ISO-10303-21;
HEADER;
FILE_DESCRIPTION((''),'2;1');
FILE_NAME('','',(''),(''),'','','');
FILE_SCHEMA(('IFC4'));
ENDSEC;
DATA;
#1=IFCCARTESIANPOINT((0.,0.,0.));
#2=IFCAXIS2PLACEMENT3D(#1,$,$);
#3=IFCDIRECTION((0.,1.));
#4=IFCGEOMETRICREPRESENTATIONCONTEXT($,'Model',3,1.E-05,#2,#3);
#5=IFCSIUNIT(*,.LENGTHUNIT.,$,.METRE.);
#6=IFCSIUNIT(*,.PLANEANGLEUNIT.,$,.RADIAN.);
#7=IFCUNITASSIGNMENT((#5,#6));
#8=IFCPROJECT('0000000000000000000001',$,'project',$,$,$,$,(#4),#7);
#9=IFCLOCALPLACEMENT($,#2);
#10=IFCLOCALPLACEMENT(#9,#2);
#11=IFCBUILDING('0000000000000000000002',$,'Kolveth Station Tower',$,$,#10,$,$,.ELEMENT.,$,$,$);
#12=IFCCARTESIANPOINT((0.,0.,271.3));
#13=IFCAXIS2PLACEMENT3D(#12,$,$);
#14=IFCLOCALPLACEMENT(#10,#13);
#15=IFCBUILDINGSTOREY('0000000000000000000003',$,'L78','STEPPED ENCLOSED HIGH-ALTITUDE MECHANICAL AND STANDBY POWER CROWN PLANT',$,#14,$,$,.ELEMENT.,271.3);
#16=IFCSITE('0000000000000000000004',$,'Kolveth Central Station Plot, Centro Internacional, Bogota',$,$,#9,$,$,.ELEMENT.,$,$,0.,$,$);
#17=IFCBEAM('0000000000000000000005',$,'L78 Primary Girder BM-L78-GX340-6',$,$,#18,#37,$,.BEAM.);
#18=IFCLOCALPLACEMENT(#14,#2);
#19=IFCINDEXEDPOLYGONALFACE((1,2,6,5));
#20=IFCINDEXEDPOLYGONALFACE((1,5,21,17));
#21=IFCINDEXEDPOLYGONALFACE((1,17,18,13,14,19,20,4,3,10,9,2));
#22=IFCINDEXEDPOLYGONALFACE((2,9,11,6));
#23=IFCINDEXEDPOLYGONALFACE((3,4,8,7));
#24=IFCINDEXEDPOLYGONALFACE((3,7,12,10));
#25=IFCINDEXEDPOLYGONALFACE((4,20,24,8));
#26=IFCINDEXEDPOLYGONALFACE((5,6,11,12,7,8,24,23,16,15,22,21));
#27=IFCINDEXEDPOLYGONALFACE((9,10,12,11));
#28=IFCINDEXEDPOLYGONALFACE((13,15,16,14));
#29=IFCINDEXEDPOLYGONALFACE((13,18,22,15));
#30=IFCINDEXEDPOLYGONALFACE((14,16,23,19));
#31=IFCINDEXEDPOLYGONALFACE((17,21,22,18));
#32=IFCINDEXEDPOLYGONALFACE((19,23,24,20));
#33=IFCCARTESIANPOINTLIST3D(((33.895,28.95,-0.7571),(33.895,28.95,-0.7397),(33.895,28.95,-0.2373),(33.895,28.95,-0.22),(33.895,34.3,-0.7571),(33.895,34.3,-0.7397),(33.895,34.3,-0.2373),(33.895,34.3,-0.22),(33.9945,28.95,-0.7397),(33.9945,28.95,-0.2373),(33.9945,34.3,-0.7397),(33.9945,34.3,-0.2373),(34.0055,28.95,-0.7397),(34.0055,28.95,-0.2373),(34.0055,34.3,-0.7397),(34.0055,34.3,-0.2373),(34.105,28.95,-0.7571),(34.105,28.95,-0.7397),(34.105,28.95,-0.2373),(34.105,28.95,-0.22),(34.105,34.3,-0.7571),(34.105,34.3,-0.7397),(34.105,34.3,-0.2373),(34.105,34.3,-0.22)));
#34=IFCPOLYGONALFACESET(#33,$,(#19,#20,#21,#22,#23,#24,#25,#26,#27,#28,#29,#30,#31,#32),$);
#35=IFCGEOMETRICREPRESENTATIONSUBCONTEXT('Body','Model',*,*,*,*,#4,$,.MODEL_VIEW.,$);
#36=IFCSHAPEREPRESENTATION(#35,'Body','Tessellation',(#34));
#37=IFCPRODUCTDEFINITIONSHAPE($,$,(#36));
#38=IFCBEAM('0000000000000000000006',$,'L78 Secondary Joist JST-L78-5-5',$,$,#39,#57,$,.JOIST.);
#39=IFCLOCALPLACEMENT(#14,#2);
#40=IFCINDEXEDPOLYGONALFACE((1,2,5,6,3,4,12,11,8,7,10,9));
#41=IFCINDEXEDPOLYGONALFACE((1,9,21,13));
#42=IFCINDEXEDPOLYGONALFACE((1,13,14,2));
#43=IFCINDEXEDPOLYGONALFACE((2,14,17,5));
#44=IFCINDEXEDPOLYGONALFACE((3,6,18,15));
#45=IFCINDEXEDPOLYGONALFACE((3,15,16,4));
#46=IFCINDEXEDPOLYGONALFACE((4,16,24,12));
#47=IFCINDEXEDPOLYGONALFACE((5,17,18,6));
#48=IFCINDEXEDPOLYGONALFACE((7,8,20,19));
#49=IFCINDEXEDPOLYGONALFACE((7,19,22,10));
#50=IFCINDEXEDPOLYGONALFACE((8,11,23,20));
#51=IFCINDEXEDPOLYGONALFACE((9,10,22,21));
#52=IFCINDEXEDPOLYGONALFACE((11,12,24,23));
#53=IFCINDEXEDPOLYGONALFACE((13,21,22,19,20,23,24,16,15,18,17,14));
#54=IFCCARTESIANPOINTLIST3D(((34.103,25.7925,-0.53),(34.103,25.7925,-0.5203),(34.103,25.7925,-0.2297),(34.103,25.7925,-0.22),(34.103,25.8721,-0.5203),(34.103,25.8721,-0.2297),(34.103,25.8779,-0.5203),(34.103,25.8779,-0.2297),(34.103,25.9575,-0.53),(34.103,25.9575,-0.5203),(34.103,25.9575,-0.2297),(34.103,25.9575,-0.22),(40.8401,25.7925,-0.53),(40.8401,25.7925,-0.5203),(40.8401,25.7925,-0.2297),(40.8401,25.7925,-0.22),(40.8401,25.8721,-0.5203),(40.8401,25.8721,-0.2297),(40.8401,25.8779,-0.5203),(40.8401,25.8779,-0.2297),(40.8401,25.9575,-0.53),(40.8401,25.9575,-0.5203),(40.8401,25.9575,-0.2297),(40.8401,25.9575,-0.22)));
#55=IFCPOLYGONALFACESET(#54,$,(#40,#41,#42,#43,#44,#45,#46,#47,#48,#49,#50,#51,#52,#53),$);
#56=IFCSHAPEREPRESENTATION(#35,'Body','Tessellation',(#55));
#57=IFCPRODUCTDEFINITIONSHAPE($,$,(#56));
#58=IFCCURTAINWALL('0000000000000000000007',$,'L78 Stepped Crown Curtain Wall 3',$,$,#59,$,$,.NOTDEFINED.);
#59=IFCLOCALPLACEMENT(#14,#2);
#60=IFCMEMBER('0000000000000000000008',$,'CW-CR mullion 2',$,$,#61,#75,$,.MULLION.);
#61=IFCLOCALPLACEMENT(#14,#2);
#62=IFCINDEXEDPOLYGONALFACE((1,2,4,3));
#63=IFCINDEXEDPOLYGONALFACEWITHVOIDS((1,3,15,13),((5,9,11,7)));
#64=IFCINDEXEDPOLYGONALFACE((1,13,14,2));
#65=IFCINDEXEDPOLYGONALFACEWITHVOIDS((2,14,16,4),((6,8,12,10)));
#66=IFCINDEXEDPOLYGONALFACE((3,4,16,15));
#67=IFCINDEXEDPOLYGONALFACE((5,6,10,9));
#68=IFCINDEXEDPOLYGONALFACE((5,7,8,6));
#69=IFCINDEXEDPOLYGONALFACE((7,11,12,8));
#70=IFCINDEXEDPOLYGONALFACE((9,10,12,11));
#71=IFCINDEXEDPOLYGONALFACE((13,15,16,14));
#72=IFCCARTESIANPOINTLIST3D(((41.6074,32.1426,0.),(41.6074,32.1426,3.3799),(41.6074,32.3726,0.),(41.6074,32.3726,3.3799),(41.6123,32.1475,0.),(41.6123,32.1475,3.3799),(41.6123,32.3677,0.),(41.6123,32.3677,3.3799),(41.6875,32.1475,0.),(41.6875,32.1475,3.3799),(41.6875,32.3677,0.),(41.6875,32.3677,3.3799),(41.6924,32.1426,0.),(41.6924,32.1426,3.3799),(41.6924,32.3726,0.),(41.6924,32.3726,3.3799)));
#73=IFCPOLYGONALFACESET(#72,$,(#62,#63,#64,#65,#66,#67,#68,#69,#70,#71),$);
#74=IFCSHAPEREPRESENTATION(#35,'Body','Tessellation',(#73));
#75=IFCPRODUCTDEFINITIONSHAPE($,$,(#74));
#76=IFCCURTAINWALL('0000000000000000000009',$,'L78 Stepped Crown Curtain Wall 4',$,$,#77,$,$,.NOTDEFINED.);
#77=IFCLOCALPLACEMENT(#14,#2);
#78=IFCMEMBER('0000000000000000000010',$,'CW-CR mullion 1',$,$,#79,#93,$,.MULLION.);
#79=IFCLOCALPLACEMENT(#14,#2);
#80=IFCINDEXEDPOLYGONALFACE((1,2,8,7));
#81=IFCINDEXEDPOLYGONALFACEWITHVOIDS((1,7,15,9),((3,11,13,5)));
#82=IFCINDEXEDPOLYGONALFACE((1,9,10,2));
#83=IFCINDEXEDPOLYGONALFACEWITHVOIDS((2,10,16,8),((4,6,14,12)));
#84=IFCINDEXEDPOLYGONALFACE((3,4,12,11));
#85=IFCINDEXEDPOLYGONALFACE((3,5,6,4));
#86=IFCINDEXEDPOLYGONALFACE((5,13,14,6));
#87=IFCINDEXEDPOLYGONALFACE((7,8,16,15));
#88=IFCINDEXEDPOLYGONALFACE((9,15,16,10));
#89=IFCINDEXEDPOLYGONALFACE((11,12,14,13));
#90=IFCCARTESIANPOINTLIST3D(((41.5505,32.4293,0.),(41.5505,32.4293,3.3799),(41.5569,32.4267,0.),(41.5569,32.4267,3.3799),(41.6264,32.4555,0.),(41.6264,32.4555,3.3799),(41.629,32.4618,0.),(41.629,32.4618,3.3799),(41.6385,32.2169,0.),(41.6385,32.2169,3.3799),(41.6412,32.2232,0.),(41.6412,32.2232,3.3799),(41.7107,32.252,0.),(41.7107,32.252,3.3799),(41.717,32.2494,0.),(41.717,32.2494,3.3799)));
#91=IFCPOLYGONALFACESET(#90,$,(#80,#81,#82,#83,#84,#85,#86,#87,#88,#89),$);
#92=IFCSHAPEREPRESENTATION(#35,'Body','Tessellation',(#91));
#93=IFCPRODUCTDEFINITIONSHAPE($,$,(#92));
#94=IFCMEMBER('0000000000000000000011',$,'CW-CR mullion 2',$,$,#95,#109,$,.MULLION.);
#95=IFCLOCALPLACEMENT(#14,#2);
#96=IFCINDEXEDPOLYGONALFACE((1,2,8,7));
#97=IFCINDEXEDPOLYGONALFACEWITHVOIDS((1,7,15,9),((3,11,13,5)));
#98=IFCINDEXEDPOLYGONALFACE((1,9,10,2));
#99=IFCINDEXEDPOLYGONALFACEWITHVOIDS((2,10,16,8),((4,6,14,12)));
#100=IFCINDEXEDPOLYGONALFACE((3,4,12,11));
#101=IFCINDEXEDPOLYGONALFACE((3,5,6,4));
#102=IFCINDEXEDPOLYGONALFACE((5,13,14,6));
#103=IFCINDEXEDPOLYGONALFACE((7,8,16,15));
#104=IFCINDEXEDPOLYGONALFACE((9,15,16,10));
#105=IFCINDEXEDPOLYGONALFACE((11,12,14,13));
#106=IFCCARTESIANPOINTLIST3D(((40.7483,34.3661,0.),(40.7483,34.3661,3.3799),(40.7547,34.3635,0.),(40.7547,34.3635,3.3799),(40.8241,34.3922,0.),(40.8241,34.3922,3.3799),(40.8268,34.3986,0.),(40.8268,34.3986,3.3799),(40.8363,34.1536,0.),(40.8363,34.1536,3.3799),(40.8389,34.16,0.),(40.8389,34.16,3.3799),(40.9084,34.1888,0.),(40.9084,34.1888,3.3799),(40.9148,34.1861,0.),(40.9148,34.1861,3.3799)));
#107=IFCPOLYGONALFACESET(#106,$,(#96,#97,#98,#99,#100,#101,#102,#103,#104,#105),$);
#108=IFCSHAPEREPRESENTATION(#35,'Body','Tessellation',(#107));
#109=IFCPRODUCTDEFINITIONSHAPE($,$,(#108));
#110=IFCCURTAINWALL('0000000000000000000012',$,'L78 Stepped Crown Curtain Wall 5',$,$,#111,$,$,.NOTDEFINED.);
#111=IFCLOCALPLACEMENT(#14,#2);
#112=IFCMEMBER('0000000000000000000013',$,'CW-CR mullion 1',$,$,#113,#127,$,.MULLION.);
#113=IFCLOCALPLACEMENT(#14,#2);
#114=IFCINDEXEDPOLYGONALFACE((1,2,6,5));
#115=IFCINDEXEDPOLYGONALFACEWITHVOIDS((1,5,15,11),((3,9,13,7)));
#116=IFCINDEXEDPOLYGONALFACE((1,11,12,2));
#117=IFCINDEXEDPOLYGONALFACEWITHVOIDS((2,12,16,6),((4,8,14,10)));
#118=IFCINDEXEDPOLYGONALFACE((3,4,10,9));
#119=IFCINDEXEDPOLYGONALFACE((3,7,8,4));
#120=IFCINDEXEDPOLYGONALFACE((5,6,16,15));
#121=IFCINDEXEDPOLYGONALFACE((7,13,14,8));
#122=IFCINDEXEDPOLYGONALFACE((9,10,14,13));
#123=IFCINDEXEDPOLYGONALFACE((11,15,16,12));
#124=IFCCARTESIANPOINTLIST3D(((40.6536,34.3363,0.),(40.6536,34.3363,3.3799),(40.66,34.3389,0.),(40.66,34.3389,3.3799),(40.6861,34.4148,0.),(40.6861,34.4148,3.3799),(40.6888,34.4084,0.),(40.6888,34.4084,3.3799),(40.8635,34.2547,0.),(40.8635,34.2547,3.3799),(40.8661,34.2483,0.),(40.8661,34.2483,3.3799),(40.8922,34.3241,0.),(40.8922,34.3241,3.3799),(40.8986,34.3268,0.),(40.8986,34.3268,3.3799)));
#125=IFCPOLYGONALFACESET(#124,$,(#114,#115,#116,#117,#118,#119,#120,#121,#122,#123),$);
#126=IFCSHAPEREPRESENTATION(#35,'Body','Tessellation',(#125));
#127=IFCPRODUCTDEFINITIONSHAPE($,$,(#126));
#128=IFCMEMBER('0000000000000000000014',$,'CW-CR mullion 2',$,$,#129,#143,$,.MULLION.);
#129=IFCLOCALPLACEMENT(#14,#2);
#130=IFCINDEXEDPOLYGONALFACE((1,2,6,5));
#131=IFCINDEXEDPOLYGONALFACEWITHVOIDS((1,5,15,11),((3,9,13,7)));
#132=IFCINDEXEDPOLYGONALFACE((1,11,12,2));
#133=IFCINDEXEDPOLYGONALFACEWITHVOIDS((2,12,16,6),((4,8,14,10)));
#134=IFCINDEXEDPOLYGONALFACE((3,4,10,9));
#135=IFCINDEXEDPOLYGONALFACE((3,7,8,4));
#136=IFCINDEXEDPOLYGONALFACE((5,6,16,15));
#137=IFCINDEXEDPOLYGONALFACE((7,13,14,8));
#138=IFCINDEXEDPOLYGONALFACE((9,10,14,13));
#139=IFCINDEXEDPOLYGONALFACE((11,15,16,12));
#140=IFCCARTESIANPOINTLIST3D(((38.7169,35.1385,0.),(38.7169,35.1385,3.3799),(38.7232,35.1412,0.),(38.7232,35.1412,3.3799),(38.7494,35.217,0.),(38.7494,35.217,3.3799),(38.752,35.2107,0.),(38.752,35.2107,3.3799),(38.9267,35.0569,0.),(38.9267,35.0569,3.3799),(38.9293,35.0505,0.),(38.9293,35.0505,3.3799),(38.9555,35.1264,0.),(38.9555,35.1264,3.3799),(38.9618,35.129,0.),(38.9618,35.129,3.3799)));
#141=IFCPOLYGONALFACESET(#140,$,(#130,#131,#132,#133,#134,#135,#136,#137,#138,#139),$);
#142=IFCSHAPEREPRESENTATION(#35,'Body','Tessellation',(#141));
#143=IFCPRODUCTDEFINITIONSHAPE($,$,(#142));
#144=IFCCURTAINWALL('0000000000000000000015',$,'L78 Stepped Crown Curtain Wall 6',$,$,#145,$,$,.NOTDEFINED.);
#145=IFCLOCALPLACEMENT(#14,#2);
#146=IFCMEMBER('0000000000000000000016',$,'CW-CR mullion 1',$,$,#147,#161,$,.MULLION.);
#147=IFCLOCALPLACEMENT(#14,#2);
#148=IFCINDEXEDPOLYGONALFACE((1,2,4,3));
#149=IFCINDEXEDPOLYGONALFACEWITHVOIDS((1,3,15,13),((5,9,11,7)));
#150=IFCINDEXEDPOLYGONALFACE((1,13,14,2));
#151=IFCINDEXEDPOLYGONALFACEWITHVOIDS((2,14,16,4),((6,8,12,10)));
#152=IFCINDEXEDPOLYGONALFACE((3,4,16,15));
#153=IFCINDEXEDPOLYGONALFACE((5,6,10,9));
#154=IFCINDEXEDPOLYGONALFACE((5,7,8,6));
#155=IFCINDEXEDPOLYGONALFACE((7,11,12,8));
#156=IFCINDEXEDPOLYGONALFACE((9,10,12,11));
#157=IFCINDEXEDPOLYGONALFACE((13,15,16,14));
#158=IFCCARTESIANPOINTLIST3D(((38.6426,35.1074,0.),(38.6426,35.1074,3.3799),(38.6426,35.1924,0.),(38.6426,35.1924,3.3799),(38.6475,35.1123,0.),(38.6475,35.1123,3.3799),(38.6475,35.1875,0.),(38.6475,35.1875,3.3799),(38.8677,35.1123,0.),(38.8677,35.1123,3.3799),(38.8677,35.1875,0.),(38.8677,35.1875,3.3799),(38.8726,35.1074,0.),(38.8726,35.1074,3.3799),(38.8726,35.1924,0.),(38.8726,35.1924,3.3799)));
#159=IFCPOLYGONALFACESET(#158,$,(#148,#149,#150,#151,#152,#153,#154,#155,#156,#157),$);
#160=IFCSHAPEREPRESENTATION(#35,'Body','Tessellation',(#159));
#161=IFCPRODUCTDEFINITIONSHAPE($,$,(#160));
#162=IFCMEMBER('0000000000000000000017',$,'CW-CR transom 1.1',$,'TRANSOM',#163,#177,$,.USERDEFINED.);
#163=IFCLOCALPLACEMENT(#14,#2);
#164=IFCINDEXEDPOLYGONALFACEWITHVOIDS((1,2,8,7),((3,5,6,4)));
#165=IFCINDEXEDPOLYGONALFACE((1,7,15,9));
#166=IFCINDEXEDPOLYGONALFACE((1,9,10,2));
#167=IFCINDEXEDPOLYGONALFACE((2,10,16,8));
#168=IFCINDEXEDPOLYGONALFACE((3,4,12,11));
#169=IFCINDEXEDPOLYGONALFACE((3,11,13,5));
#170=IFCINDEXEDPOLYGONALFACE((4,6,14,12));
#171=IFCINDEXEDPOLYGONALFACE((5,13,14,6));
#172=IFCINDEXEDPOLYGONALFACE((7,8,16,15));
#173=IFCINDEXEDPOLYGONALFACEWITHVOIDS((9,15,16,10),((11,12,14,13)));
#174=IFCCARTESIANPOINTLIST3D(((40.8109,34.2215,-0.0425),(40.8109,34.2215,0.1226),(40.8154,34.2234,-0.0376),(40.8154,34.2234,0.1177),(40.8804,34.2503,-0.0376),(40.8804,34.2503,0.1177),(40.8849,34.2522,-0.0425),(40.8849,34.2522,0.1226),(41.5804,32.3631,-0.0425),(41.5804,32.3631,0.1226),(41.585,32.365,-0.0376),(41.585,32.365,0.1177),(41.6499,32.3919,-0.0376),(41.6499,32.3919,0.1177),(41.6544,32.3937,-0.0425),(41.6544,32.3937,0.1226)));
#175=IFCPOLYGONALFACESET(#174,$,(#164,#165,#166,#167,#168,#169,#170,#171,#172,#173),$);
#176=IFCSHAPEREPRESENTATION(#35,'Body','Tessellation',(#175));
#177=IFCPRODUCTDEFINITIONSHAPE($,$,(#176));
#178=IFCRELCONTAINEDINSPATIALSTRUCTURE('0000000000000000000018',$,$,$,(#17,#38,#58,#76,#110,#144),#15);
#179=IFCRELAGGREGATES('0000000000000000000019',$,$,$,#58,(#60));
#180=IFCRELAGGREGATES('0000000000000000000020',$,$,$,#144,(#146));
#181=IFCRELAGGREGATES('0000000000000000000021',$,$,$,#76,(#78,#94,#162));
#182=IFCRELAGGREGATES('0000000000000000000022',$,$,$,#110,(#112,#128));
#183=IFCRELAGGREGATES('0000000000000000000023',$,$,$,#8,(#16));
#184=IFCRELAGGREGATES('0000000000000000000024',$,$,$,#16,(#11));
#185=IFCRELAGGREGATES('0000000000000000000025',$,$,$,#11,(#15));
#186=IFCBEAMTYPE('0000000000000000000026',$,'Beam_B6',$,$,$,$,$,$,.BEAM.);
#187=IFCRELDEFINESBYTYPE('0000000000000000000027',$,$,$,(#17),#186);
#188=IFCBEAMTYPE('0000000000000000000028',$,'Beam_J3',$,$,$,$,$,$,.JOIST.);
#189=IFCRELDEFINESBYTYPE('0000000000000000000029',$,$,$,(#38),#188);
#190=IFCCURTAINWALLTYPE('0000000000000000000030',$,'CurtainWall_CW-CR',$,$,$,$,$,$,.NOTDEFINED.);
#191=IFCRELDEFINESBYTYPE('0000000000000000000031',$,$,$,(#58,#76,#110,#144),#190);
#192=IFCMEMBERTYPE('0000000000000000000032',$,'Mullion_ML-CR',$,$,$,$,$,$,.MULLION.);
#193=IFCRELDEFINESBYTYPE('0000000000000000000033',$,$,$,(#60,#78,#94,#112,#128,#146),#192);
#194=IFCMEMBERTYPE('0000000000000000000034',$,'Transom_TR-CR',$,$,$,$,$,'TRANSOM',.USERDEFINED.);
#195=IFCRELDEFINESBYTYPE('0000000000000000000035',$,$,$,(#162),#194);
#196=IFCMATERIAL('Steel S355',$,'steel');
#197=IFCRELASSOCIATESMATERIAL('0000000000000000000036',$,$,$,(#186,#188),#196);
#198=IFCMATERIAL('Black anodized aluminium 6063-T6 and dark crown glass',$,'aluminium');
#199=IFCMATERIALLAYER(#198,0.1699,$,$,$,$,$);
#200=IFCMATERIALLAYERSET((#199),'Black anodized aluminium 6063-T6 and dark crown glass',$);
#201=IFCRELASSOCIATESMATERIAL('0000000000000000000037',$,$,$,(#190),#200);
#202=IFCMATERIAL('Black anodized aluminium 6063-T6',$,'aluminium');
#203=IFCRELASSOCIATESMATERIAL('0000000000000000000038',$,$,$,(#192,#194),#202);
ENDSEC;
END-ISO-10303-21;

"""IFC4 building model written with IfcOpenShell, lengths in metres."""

from ifc_helpers import new_model, si_unit, direction, frame, origin, origin_2d, place, context, subcontext, project, spatial, hollow_rectangle, i_section, extrude, source, transform, mapped, material, layer, layer_set, material_profile, profile_set, type_object, element, aggregate, save


model = new_model("IFC4")

# Units and contexts
model_context = context("Model", 3, precision=1e-05, world=origin(), true_north=direction((0.0, 1.0)))
body_context = subcontext(model_context, "Body", "Model", "MODEL_VIEW")
ifc_project = project(units=[si_unit("LENGTHUNIT", "METRE"), si_unit("PLANEANGLEUNIT", "RADIAN")], contexts=[model_context])

# Site, building, storey
site_placement = place(None, origin())
site = spatial("IfcSite", under=ifc_project, at=site_placement, Name="Kolveth Central Station Plot, Centro Internacional, Bogota", CompositionType="ELEMENT", RefElevation=0.0)
building_placement = place(site_placement, origin())
building = spatial("IfcBuilding", under=site, at=building_placement, Name="Kolveth Station Tower", CompositionType="ELEMENT")
storey_placement = place(building_placement, frame((0.0, 0.0, 271.3)))
storey = spatial("IfcBuildingStorey", under=building, at=storey_placement, Name="L78", Description="STEPPED ENCLOSED HIGH-ALTITUDE MECHANICAL AND STANDBY POWER CROWN PLANT", CompositionType="ELEMENT", Elevation=271.3)

# Shared definitions
ifc_material_1 = material(Name="Steel S355", Category="steel")

# Beams
ifc_material_profile_1 = material_profile(ifc_material_1, i_section(OverallWidth=0.21, OverallDepth=0.5371, WebThickness=0.011, FlangeThickness=0.0173, at=origin_2d()), Name="W530x101")
ifc_profile_set_1 = profile_set([ifc_material_profile_1], Name="Steel S355")
beam_type_1 = type_object("IfcBeamType", Name="Beam_B6", PredefinedType="BEAM", material=ifc_profile_set_1)
shared_shape_1 = source(origin(), body_context, "Body", "SweptSolid", [
    extrude(i_section(OverallWidth=0.21, OverallDepth=0.5371, WebThickness=0.011, FlangeThickness=0.0173, at=origin_2d()), origin(), (0.0, 0.0, 1.0), 5.3501),
])
for number, where, z_axis, x_axis, name in (
    (1, (34.0, 28.95, -0.4885), (0.0, 1.0, 0.0), (-1.0, 0.0, 0.0), "L78 Primary Girder BM-L78-GX340-6"),
):
    element("IfcBeam", number, at=place(storey_placement, frame(where, z_axis=z_axis, x_axis=x_axis)), inside=storey, type_object=beam_type_1, Name=name, PredefinedType="BEAM", context=body_context, shape_type="MappedRepresentation", body=[
        mapped(shared_shape_1, transform((0.0, 0.0, 0.0), x_axis=(1.0, 0.0, 0.0), y_axis=(0.0, 1.0, 0.0), z_axis=(0.0, 0.0, 1.0), scale=1.0)),
    ])
ifc_material_profile_2 = material_profile(ifc_material_1, i_section(OverallWidth=0.165, OverallDepth=0.3101, WebThickness=0.0059, FlangeThickness=0.0098, at=origin_2d()), Name="W310x39")
ifc_profile_set_2 = profile_set([ifc_material_profile_2], Name="Steel S355")
beam_type_2 = type_object("IfcBeamType", Name="Beam_J3", PredefinedType="JOIST", material=ifc_profile_set_2)
shared_shape_2 = source(origin(), body_context, "Body", "SweptSolid", [
    extrude(i_section(OverallWidth=0.165, OverallDepth=0.3101, WebThickness=0.0059, FlangeThickness=0.0098, at=origin_2d()), origin(), (0.0, 0.0, 1.0), 6.7371),
])
beam_1_placement = place(storey_placement, frame((34.103, 25.875, -0.375), z_axis=(1.0, 0.0, 0.0), x_axis=(0.0, 1.0, 0.0)))
element("IfcBeam", 2, at=beam_1_placement, inside=storey, type_object=beam_type_2, Name="L78 Secondary Joist JST-L78-5-5", PredefinedType="JOIST", context=body_context, shape_type="MappedRepresentation", body=[
    mapped(shared_shape_2, transform((0.0, 0.0, 0.0), x_axis=(1.0, 0.0, 0.0), y_axis=(0.0, 1.0, 0.0), z_axis=(0.0, 0.0, 1.0), scale=1.0)),
])

# Curtain wall, member
ifc_material_2 = material(Name="Black anodized aluminium 6063-T6 and dark crown glass", Category="aluminium")
ifc_layer_1 = layer(ifc_material_2, 0.1699)
ifc_layer_set_1 = layer_set([ifc_layer_1], Name="Black anodized aluminium 6063-T6 and dark crown glass")
curtain_wall_type = type_object("IfcCurtainWallType", Name="CurtainWall_CW-CR", PredefinedType="NOTDEFINED", material=ifc_layer_set_1)
curtain_wall_1_placement = place(storey_placement, origin())
curtain_wall_1 = element("IfcCurtainWall", 3, at=curtain_wall_1_placement, inside=storey, type_object=curtain_wall_type, Name="L78 Stepped Crown Curtain Wall 3", PredefinedType="NOTDEFINED")
ifc_material_3 = material(Name="Black anodized aluminium 6063-T6", Category="aluminium")
ifc_material_profile_3 = material_profile(ifc_material_3, hollow_rectangle(XDim=0.085, YDim=0.23, WallThickness=0.0049, at=origin_2d()), Name="ALU-85x230x5")
ifc_profile_set_3 = profile_set([ifc_material_profile_3], Name="Black anodized aluminium 6063-T6")
member_type_1 = type_object("IfcMemberType", Name="Mullion_ML-CR", PredefinedType="MULLION", material=ifc_profile_set_3)
shared_shape_3 = source(origin(), body_context, "Body", "SweptSolid", [
    extrude(hollow_rectangle(XDim=0.085, YDim=0.23, WallThickness=0.0049, at=origin_2d()), origin(), (0.0, 0.0, 1.0), 3.3799),
])
member_1_placement = place(storey_placement, frame((41.6499, 32.2576, 0.0), z_axis=(0.0, 0.0, 1.0), x_axis=(-1.0, 0.0, 0.0)))
member_1 = element("IfcMember", 4, at=member_1_placement, type_object=member_type_1, Name="CW-CR mullion 2", PredefinedType="MULLION", context=body_context, shape_type="MappedRepresentation", body=[
    mapped(shared_shape_3, transform((0.0, 0.0, 0.0), x_axis=(1.0, 0.0, 0.0), y_axis=(0.0, 1.0, 0.0), z_axis=(0.0, 0.0, 1.0), scale=1.0)),
])
aggregate(curtain_wall_1, [member_1])

# Curtain walls, members
curtain_wall_2_placement = place(storey_placement, origin())
curtain_wall_2 = element("IfcCurtainWall", 5, at=curtain_wall_2_placement, inside=storey, type_object=curtain_wall_type, Name="L78 Stepped Crown Curtain Wall 4", PredefinedType="NOTDEFINED")
member_2_placement = place(storey_placement, frame((41.6338, 32.3394, 0.0), z_axis=(0.0, 0.0, 1.0), x_axis=(-0.92389, -0.382658, 0.0)))
member_2 = element("IfcMember", 6, at=member_2_placement, type_object=member_type_1, Name="CW-CR mullion 1", PredefinedType="MULLION", context=body_context, shape_type="MappedRepresentation", body=[
    mapped(shared_shape_3, transform((0.0, 0.0, 0.0), x_axis=(1.0, 0.0, 0.0), y_axis=(0.0, 1.0, 0.0), z_axis=(0.0, 0.0, 1.0), scale=1.0)),
])
member_3_placement = place(storey_placement, frame((40.8315, 34.2761, 0.0), z_axis=(0.0, 0.0, 1.0), x_axis=(-0.92389, -0.382658, 0.0)))
member_3 = element("IfcMember", 7, at=member_3_placement, type_object=member_type_1, Name="CW-CR mullion 2", PredefinedType="MULLION", context=body_context, shape_type="MappedRepresentation", body=[
    mapped(shared_shape_3, transform((0.0, 0.0, 0.0), x_axis=(1.0, 0.0, 0.0), y_axis=(0.0, 1.0, 0.0), z_axis=(0.0, 0.0, 1.0), scale=1.0)),
])
curtain_wall_3_placement = place(storey_placement, origin())
curtain_wall_3 = element("IfcCurtainWall", 8, at=curtain_wall_3_placement, inside=storey, type_object=curtain_wall_type, Name="L78 Stepped Crown Curtain Wall 5", PredefinedType="NOTDEFINED")
member_4_placement = place(storey_placement, frame((40.7761, 34.3315, 0.0), z_axis=(0.0, 0.0, 1.0), x_axis=(-0.382658, -0.92389, 0.0)))
member_4 = element("IfcMember", 9, at=member_4_placement, type_object=member_type_1, Name="CW-CR mullion 1", PredefinedType="MULLION", context=body_context, shape_type="MappedRepresentation", body=[
    mapped(shared_shape_3, transform((0.0, 0.0, 0.0), x_axis=(1.0, 0.0, 0.0), y_axis=(0.0, 1.0, 0.0), z_axis=(0.0, 0.0, 1.0), scale=1.0)),
])
member_5_placement = place(storey_placement, frame((38.8394, 35.1338, 0.0), z_axis=(0.0, 0.0, 1.0), x_axis=(-0.382658, -0.92389, 0.0)))
member_5 = element("IfcMember", 10, at=member_5_placement, type_object=member_type_1, Name="CW-CR mullion 2", PredefinedType="MULLION", context=body_context, shape_type="MappedRepresentation", body=[
    mapped(shared_shape_3, transform((0.0, 0.0, 0.0), x_axis=(1.0, 0.0, 0.0), y_axis=(0.0, 1.0, 0.0), z_axis=(0.0, 0.0, 1.0), scale=1.0)),
])

# Curtain wall, member
curtain_wall_4_placement = place(storey_placement, origin())
curtain_wall_4 = element("IfcCurtainWall", 11, at=curtain_wall_4_placement, inside=storey, type_object=curtain_wall_type, Name="L78 Stepped Crown Curtain Wall 6", PredefinedType="NOTDEFINED")
member_6_placement = place(storey_placement, frame((38.7576, 35.1499, 0.0), z_axis=(0.0, 0.0, 1.0), x_axis=(0.0, -1.0, 0.0)))
member_6 = element("IfcMember", 12, at=member_6_placement, type_object=member_type_1, Name="CW-CR mullion 1", PredefinedType="MULLION", context=body_context, shape_type="MappedRepresentation", body=[
    mapped(shared_shape_3, transform((0.0, 0.0, 0.0), x_axis=(1.0, 0.0, 0.0), y_axis=(0.0, 1.0, 0.0), z_axis=(0.0, 0.0, 1.0), scale=1.0)),
])

# Member
ifc_material_profile_4 = material_profile(ifc_material_3, hollow_rectangle(XDim=0.0801, YDim=0.165, WallThickness=0.0049, at=origin_2d()), Name="ALU-80x165x5")
ifc_profile_set_4 = profile_set([ifc_material_profile_4], Name="Black anodized aluminium 6063-T6")
member_type_2 = type_object("IfcMemberType", Name="Transom_TR-CR", ElementType="TRANSOM", PredefinedType="USERDEFINED", material=ifc_profile_set_4)
shared_shape_4 = source(origin(), body_context, "Body", "SweptSolid", [
    extrude(hollow_rectangle(XDim=0.0801, YDim=0.165, WallThickness=0.0049, at=origin_2d()), origin(), (0.0, 0.0, 1.0), 2.0115),
])
member_7_placement = place(storey_placement, frame((41.6174, 32.3784, 0.04), z_axis=(-0.38258, 0.923922, 0.0), x_axis=(-0.923922, -0.38258, 0.0)))
member_7 = element("IfcMember", 13, at=member_7_placement, type_object=member_type_2, Name="CW-CR transom 1.1", ObjectType="TRANSOM", PredefinedType="USERDEFINED", context=body_context, shape_type="MappedRepresentation", body=[
    mapped(shared_shape_4, transform((0.0, 0.0, 0.0), x_axis=(1.0, 0.0, 0.0), y_axis=(0.0, 1.0, 0.0), z_axis=(0.0, 0.0, 1.0), scale=1.0)),
])
aggregate(curtain_wall_4, [member_6])

aggregate(curtain_wall_2, [member_2, member_3, member_7])
aggregate(curtain_wall_3, [member_4, member_5])

save(model, "model.ifc")
